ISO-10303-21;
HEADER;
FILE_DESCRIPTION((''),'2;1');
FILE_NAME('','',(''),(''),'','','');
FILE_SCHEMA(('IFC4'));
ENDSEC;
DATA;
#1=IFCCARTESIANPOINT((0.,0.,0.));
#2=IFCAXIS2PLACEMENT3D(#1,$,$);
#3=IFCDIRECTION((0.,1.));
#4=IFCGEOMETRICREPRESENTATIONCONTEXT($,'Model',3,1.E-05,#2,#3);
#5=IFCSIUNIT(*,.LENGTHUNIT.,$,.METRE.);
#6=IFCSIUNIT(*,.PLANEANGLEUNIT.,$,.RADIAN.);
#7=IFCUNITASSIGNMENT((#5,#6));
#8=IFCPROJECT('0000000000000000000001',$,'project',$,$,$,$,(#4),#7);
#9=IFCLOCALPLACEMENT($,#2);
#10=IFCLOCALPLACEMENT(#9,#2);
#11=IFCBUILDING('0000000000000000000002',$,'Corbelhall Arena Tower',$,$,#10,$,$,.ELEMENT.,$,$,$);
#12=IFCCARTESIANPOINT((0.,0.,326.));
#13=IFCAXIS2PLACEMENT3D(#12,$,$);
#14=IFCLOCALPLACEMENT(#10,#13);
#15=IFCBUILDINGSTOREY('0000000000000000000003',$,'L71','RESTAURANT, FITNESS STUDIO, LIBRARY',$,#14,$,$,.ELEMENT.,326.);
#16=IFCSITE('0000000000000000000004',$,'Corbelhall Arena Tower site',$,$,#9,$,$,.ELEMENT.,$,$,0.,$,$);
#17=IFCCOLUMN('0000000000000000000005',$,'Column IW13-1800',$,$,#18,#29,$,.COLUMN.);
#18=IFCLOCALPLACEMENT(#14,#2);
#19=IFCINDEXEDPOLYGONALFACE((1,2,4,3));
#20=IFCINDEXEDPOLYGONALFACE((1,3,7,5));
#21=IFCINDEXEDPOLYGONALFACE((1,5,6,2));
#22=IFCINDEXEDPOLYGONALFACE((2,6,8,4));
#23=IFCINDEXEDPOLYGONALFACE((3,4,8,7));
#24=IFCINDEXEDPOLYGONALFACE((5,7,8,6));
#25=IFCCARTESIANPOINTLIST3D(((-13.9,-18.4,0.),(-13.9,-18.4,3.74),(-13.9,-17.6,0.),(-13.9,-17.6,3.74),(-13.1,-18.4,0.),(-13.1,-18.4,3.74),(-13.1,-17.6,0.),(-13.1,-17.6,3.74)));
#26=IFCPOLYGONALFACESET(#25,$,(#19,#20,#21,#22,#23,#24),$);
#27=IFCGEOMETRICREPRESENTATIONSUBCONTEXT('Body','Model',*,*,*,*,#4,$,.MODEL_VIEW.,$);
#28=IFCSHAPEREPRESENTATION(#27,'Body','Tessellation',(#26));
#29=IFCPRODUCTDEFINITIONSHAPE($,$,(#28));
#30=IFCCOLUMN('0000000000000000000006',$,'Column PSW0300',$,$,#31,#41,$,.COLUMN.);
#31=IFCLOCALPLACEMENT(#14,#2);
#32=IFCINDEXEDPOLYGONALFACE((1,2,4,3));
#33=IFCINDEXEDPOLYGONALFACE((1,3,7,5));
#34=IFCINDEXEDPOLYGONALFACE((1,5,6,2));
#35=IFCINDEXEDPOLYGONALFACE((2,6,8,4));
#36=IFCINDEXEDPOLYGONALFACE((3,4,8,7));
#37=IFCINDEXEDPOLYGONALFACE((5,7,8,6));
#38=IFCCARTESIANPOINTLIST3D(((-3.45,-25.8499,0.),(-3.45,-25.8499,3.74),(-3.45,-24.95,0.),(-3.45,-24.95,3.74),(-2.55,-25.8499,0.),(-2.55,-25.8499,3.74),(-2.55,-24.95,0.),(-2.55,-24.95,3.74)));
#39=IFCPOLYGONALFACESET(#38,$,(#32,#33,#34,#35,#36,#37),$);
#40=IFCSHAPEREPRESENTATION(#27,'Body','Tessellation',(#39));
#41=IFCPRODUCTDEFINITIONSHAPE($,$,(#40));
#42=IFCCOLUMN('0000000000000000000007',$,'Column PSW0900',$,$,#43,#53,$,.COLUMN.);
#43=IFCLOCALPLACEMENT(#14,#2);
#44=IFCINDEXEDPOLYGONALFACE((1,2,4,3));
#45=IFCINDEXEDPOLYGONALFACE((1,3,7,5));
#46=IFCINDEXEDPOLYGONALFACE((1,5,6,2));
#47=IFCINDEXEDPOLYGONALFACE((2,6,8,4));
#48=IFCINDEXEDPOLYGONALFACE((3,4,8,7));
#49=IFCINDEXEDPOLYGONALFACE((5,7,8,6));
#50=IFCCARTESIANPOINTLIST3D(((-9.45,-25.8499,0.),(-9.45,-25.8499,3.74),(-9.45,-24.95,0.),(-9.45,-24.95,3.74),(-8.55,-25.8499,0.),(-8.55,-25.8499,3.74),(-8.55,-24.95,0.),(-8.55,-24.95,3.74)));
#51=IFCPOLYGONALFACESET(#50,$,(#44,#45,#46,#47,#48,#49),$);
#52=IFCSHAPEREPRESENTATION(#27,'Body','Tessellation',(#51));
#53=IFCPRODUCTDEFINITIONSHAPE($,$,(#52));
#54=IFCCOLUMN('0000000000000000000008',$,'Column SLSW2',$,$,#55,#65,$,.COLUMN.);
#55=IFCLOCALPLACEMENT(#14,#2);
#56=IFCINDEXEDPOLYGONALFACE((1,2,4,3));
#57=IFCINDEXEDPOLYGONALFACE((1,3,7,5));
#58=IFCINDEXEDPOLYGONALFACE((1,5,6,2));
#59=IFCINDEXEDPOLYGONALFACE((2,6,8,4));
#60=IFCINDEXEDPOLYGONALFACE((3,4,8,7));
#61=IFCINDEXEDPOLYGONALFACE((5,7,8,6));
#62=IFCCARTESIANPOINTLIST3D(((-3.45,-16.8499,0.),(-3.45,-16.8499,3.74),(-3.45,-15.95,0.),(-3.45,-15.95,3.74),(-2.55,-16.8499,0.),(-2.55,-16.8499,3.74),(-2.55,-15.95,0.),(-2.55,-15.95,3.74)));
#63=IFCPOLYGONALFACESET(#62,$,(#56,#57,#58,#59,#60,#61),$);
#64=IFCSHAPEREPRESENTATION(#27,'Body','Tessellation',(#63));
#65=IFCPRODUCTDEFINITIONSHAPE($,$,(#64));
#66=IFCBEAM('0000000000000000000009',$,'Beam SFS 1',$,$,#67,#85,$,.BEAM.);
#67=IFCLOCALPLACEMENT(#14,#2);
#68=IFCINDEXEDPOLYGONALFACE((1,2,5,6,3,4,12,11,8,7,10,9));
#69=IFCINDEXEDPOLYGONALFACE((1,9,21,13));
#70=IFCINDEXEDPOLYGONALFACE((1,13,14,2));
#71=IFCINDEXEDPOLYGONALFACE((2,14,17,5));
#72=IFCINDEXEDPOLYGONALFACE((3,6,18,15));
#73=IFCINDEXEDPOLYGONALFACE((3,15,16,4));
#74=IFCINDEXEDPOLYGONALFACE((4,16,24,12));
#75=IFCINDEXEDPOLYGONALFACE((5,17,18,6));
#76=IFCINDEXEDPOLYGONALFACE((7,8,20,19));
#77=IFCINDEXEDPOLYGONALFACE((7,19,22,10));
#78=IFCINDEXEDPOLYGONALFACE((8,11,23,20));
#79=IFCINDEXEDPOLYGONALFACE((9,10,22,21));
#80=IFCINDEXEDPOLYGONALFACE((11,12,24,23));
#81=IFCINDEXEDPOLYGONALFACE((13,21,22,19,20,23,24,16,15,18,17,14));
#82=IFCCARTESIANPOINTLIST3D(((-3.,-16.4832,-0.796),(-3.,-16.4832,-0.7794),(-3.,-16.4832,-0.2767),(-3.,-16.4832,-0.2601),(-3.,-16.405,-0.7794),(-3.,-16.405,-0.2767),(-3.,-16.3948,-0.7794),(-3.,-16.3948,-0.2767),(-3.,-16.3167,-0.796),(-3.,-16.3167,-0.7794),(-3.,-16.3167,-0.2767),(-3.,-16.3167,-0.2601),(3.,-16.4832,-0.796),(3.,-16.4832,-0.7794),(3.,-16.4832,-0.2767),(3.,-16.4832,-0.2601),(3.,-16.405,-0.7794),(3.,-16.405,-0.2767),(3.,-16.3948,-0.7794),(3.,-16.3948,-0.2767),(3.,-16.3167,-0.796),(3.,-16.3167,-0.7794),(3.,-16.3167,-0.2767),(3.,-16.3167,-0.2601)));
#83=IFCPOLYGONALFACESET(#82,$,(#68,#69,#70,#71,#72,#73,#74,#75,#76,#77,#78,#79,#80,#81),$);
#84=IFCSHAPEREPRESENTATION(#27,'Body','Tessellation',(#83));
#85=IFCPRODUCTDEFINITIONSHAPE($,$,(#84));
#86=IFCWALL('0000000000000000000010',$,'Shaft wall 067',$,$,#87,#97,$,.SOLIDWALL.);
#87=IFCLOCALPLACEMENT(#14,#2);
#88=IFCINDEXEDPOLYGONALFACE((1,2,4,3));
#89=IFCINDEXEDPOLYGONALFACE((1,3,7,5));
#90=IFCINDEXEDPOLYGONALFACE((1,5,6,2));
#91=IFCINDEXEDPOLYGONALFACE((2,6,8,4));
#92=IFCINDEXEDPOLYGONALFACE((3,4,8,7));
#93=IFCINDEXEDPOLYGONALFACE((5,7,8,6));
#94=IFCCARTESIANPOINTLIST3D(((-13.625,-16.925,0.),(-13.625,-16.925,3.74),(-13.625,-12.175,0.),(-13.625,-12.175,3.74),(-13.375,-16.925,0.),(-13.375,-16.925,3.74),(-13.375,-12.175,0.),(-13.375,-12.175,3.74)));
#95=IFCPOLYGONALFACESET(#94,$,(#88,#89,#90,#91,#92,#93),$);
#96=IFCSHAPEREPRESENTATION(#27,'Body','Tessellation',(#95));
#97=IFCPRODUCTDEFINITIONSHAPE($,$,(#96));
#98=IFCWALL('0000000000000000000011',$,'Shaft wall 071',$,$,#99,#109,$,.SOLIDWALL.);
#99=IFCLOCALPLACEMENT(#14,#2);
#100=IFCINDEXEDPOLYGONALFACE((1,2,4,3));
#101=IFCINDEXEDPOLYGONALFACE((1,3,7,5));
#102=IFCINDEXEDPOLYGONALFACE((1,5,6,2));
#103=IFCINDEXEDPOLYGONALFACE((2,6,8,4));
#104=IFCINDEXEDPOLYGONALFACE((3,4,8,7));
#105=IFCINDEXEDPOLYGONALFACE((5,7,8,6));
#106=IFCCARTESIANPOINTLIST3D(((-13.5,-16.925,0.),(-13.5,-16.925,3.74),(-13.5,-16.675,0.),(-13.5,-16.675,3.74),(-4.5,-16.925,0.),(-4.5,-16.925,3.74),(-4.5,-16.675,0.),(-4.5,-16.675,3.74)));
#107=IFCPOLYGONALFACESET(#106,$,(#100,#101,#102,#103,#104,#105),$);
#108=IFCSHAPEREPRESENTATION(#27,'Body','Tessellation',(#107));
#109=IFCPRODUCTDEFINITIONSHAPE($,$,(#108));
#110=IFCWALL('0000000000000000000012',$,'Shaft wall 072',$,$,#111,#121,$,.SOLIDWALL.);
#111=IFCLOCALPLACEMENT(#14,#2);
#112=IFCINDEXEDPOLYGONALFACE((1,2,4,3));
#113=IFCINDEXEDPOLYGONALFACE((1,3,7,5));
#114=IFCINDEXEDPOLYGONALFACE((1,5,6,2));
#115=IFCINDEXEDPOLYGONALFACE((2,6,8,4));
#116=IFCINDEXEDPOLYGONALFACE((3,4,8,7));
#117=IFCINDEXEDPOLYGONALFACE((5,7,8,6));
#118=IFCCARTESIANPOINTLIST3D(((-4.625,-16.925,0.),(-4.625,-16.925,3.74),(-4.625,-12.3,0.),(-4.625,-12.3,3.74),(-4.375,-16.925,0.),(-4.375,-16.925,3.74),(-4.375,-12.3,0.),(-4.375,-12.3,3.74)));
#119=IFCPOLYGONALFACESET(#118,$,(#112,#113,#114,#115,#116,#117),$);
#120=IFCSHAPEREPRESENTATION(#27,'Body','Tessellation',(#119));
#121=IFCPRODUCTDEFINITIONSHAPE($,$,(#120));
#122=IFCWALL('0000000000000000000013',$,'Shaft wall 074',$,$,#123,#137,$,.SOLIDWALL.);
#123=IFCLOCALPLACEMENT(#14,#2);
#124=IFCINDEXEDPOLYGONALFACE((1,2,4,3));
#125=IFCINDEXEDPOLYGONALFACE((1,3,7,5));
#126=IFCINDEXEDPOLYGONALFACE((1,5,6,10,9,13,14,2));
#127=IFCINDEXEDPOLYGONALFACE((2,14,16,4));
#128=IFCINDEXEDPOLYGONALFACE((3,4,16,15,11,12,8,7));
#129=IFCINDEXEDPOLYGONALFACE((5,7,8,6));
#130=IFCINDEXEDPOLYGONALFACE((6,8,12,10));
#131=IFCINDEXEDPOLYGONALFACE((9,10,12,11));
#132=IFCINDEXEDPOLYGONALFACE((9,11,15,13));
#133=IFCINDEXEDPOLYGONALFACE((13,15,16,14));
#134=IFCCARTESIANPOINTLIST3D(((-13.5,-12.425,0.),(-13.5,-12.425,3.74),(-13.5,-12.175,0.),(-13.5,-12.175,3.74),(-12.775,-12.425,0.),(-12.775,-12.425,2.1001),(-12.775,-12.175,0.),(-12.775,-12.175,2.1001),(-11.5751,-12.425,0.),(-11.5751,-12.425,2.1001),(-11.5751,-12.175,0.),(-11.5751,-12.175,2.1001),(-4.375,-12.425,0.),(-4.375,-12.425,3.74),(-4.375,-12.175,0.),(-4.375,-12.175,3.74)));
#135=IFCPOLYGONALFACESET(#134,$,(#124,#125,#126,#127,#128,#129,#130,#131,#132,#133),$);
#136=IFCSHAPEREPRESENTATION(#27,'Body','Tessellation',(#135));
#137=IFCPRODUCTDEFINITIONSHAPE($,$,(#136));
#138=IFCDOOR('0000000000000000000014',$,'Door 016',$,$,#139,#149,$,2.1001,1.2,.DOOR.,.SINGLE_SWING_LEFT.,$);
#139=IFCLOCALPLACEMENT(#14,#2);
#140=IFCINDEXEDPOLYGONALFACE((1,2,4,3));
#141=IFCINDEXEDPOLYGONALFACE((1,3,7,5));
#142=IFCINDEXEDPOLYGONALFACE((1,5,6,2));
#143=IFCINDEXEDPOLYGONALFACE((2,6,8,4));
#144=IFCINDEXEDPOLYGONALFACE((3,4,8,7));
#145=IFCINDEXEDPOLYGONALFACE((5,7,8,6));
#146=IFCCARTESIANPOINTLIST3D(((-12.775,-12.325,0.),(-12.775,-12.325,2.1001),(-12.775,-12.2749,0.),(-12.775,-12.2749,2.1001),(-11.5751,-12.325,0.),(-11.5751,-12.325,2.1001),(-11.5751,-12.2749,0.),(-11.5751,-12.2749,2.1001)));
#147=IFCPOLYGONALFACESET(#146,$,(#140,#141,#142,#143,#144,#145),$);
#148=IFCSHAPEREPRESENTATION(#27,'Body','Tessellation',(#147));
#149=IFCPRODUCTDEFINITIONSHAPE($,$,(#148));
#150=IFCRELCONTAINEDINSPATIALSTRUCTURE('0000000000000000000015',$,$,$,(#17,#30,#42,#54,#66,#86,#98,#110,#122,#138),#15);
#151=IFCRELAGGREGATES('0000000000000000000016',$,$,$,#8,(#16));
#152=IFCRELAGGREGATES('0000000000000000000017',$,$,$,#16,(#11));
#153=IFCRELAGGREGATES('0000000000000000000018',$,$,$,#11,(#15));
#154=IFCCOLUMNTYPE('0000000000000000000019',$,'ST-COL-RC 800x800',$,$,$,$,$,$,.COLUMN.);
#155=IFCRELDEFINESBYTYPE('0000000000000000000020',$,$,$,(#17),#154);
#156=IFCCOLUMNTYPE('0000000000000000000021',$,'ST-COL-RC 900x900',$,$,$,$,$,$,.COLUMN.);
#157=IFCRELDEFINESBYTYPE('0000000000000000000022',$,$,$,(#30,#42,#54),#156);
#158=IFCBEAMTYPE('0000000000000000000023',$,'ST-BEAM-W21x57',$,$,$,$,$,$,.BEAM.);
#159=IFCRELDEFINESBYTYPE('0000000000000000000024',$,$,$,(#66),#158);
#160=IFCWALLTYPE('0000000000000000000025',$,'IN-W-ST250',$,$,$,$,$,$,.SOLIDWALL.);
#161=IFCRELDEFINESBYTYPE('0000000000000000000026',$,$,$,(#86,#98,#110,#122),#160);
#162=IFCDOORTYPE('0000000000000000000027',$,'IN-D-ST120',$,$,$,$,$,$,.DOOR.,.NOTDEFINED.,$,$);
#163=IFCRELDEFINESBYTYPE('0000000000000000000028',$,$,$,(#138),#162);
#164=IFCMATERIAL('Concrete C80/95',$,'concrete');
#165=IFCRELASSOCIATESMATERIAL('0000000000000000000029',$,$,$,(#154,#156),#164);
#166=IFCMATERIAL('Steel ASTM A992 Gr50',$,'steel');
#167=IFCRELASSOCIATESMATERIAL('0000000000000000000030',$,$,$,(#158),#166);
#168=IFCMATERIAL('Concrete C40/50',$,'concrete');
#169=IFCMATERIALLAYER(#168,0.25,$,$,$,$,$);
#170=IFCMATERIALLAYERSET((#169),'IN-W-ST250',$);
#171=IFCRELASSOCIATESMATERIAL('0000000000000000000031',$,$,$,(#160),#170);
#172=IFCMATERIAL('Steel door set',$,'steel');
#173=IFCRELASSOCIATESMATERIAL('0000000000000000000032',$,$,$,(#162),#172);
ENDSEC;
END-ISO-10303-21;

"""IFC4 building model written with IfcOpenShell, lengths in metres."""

from ifc_helpers import new_model, si_unit, direction, frame, frame_2d, origin, origin_2d, place, context, subcontext, project, spatial, rectangle, i_section, extrude, material, layer, layer_set, material_profile, profile_set, type_object, element, fill, save


model = new_model("IFC4")

# Units and contexts
model_context = context("Model", 3, precision=1e-05, world=origin(), true_north=direction((0.0, 1.0)))
body_context = subcontext(model_context, "Body", "Model", "MODEL_VIEW")
ifc_project = project(units=[si_unit("LENGTHUNIT", "METRE"), si_unit("PLANEANGLEUNIT", "RADIAN")], contexts=[model_context])

# Site, building, storey
site_placement = place(None, origin())
site = spatial("IfcSite", under=ifc_project, at=site_placement, Name="Corbelhall Arena Tower site", CompositionType="ELEMENT", RefElevation=0.0)
building_placement = place(site_placement, origin())
building = spatial("IfcBuilding", under=site, at=building_placement, Name="Corbelhall Arena Tower", CompositionType="ELEMENT")
storey_placement = place(building_placement, frame((0.0, 0.0, 326.0)))
storey = spatial("IfcBuildingStorey", under=building, at=storey_placement, Name="L71", Description="RESTAURANT, FITNESS STUDIO, LIBRARY", CompositionType="ELEMENT", Elevation=326.0)

# Columns
ifc_material_1 = material(Name="Concrete C80/95", Category="concrete")
ifc_material_profile_1 = material_profile(ifc_material_1, rectangle(XDim=0.8, YDim=0.8, at=origin_2d()))
ifc_profile_set_1 = profile_set([ifc_material_profile_1], Name="Concrete C80/95")
column_type_1 = type_object("IfcColumnType", Name="ST-COL-RC 800x800", PredefinedType="COLUMN", material=ifc_profile_set_1)
column_placement = place(storey_placement, frame((-13.5, -18.0, 0.0), z_axis=(0.0, 0.0, 1.0), x_axis=(1.0, 0.0, 0.0)))
element("IfcColumn", 1, at=column_placement, inside=storey, type_object=column_type_1, Name="Column IW13-1800", PredefinedType="COLUMN", context=body_context, shape_type="SweptSolid", body=[
    extrude(rectangle(XDim=0.8, YDim=0.8, at=origin_2d()), origin(), (0.0, 0.0, 1.0), 3.74),
])
ifc_material_profile_2 = material_profile(ifc_material_1, rectangle(XDim=0.8999, YDim=0.8999, at=origin_2d()))
ifc_profile_set_2 = profile_set([ifc_material_profile_2], Name="Concrete C80/95")
column_type_2 = type_object("IfcColumnType", Name="ST-COL-RC 900x900", PredefinedType="COLUMN", material=ifc_profile_set_2)
for number, where, z_axis, x_axis, name in (
    (2, (-3.0, -25.3999, 0.0), (0.0, 0.0, 1.0), (1.0, 0.0, 0.0), "Column PSW0300"),
    (3, (-9.0, -25.3999, 0.0), (0.0, 0.0, 1.0), (1.0, 0.0, 0.0), "Column PSW0900"),
    (4, (-3.0, -16.3999, 0.0), (0.0, 0.0, 1.0), (1.0, 0.0, 0.0), "Column SLSW2"),
):
    element("IfcColumn", number, at=place(storey_placement, frame(where, z_axis=z_axis, x_axis=x_axis)), inside=storey, type_object=column_type_2, Name=name, PredefinedType="COLUMN", context=body_context, shape_type="SweptSolid", body=[
        extrude(rectangle(XDim=0.8999, YDim=0.8999, at=origin_2d()), origin(), (0.0, 0.0, 1.0), 3.74),
    ])

# Beam
ifc_material_2 = material(Name="Steel ASTM A992 Gr50", Category="steel")
ifc_material_profile_3 = material_profile(ifc_material_2, i_section(OverallWidth=0.1665, OverallDepth=0.5359, WebThickness=0.0103, FlangeThickness=0.0166, at=origin_2d()))
ifc_profile_set_3 = profile_set([ifc_material_profile_3], Name="Steel ASTM A992 Gr50")
beam_type = type_object("IfcBeamType", Name="ST-BEAM-W21x57", PredefinedType="BEAM", material=ifc_profile_set_3)
beam_placement = place(storey_placement, frame((-3.0, -16.3999, -0.5281), z_axis=(1.0, 0.0, 0.0), x_axis=(0.0, 1.0, 0.0)))
element("IfcBeam", 5, at=beam_placement, inside=storey, type_object=beam_type, Name="Beam SFS 1", PredefinedType="BEAM", context=body_context, shape_type="SweptSolid", body=[
    extrude(i_section(OverallWidth=0.1665, OverallDepth=0.5359, WebThickness=0.0103, FlangeThickness=0.0166, at=origin_2d()), origin(), (0.0, 0.0, 1.0), 6.0),
])

# Shared definitions
ifc_material_3 = material(Name="Steel door set", Category="steel")

# Walls
ifc_material_4 = material(Name="Concrete C40/50", Category="concrete")
ifc_layer_1 = layer(ifc_material_4, 0.25)
ifc_layer_set_1 = layer_set([ifc_layer_1], Name="IN-W-ST250")
wall_type_1 = type_object("IfcWallType", Name="IN-W-ST250", PredefinedType="SOLIDWALL", material=ifc_layer_set_1)
wall_1_placement = place(storey_placement, frame((-13.5, -12.175, 0.0), z_axis=(0.0, 0.0, 1.0), x_axis=(0.0, -1.0, 0.0)))
element("IfcWall", 6, at=wall_1_placement, inside=storey, type_object=wall_type_1, Name="Shaft wall 067", PredefinedType="SOLIDWALL", context=body_context, shape_type="SweptSolid", body=[
    extrude(rectangle(XDim=4.75, YDim=0.25, at=frame_2d((2.375, 0.0))), origin(), (0.0, 0.0, 1.0), 3.74),
])
wall_2_placement = place(storey_placement, frame((-4.5, -16.8, 0.0), z_axis=(0.0, 0.0, 1.0), x_axis=(-1.0, 0.0, 0.0)))
element("IfcWall", 7, at=wall_2_placement, inside=storey, type_object=wall_type_1, Name="Shaft wall 071", PredefinedType="SOLIDWALL", context=body_context, shape_type="SweptSolid", body=[
    extrude(rectangle(XDim=9.0, YDim=0.25, at=frame_2d((4.5, 0.0))), origin(), (0.0, 0.0, 1.0), 3.74),
])
wall_3_placement = place(storey_placement, frame((-4.5, -12.3, 0.0), z_axis=(0.0, 0.0, 1.0), x_axis=(0.0, -1.0, 0.0)))
element("IfcWall", 8, at=wall_3_placement, inside=storey, type_object=wall_type_1, Name="Shaft wall 072", PredefinedType="SOLIDWALL", context=body_context, shape_type="SweptSolid", body=[
    extrude(rectangle(XDim=4.625, YDim=0.25, at=frame_2d((2.3125, 0.0))), origin(), (0.0, 0.0, 1.0), 3.74),
])

# Wall, opening, door
wall_4_placement = place(storey_placement, frame((-4.375, -12.3, 0.0), z_axis=(0.0, 0.0, 1.0), x_axis=(-1.0, 0.0, 0.0)))
wall_4 = element("IfcWall", 9, at=wall_4_placement, inside=storey, type_object=wall_type_1, Name="Shaft wall 074", PredefinedType="SOLIDWALL", context=body_context, shape_type="SweptSolid", body=[
    extrude(rectangle(XDim=9.125, YDim=0.25, at=frame_2d((4.5625, 0.0))), origin(), (0.0, 0.0, 1.0), 3.74),
])
opening_1_placement = place(wall_4_placement, frame((7.2, 0.0, 0.0)))
opening_1 = element("IfcOpeningElement", 10, at=opening_1_placement, cuts=wall_4, PredefinedType="OPENING", context=body_context, shape_type="SweptSolid", body=[
    extrude(rectangle(XDim=1.2, YDim=2.1001, at=frame_2d((0.6001, 1.05))), frame((0.0, 0.125, 0.0), z_axis=(0.0, -1.0, 0.0), x_axis=(1.0, 0.0, 0.0)), (0.0, 0.0, 1.0), 0.25),
])
door_type_1 = type_object("IfcDoorType", Name="IN-D-ST120", OperationType="NOTDEFINED", PredefinedType="DOOR", material=ifc_material_3)
door_1_placement = place(opening_1_placement, origin())
door_1 = element("IfcDoor", 11, at=door_1_placement, inside=storey, type_object=door_type_1, Name="Door 016", OperationType="SINGLE_SWING_LEFT", OverallHeight=2.1001, OverallWidth=1.2, PredefinedType="DOOR", context=body_context, shape_type="SweptSolid", body=[
    extrude(rectangle(XDim=1.2, YDim=2.1001, at=frame_2d((0.6001, 1.05))), frame((0.0, 0.0249, 0.0), z_axis=(0.0, -1.0, 0.0), x_axis=(1.0, 0.0, 0.0)), (0.0, 0.0, 1.0), 0.05),
])
fill(opening_1, door_1)

save(model, "model.ifc")
